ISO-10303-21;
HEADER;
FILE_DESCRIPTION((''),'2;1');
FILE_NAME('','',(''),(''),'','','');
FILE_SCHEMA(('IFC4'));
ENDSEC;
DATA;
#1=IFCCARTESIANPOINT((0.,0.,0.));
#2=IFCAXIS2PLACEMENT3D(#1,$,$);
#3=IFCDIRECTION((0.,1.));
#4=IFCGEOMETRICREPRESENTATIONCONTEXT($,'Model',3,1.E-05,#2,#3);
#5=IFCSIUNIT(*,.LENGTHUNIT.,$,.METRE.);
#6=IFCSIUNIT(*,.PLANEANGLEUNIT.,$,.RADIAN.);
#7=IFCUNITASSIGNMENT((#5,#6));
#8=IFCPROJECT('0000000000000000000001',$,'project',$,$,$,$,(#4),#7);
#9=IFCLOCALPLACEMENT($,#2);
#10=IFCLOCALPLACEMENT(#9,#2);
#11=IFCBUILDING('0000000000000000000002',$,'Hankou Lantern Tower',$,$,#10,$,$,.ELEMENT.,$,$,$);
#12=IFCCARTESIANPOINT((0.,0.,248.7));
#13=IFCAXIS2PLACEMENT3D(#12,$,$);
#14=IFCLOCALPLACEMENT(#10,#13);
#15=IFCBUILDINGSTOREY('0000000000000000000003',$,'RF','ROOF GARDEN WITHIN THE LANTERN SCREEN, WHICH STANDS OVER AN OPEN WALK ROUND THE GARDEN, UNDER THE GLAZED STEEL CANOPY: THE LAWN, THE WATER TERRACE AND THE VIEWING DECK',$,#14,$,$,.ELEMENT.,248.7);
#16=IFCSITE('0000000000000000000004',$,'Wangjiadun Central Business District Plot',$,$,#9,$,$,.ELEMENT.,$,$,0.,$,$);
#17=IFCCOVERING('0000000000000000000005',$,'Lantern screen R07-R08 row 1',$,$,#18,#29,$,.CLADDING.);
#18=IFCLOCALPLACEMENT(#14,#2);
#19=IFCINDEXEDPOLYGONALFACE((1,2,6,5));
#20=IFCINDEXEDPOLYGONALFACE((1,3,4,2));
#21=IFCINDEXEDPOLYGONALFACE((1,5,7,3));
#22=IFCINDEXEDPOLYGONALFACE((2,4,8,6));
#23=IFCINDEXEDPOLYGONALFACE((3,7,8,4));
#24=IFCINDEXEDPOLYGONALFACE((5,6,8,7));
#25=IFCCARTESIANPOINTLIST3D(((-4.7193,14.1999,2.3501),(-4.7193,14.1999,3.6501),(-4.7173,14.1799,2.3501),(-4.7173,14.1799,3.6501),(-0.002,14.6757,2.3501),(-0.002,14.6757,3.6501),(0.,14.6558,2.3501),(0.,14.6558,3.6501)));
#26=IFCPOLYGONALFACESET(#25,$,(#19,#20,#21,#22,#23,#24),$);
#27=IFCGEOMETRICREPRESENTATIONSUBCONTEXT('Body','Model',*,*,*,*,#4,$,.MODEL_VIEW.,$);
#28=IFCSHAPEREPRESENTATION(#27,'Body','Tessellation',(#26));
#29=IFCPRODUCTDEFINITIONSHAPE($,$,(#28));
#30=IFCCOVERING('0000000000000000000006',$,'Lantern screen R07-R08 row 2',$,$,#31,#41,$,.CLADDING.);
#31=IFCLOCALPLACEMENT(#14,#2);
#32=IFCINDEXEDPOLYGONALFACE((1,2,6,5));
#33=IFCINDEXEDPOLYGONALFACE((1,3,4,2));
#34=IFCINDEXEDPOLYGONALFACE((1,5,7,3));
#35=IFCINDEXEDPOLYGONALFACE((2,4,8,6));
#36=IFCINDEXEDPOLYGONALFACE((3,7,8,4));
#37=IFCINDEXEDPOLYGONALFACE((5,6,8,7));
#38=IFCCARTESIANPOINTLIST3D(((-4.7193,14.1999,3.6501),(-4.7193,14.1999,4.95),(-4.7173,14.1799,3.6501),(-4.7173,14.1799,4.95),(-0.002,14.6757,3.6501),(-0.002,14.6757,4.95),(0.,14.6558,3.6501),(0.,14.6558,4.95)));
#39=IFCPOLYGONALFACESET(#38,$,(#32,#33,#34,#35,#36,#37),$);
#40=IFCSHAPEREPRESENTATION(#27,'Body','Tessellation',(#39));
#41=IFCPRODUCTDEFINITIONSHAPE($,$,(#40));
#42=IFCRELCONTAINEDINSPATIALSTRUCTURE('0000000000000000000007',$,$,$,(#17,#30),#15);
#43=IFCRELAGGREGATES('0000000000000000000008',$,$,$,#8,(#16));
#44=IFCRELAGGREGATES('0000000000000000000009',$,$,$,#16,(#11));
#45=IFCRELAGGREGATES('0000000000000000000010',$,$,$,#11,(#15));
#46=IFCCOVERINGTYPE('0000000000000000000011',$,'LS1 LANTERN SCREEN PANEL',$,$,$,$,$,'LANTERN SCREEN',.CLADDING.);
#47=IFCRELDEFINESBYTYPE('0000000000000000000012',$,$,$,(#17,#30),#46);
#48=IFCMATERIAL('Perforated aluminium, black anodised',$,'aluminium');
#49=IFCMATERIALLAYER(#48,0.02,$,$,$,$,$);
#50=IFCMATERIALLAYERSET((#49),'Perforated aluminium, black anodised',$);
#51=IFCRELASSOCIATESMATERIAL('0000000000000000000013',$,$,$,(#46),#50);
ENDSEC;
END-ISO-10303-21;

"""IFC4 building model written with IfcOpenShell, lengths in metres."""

from ifc_helpers import new_model, si_unit, direction, frame, origin, place, context, subcontext, project, spatial, polyline, outline, extrude, material, layer, layer_set, type_object, element, save


model = new_model("IFC4")

# Units and contexts
model_context = context("Model", 3, precision=1e-05, world=origin(), true_north=direction((0.0, 1.0)))
body_context = subcontext(model_context, "Body", "Model", "MODEL_VIEW")
ifc_project = project(units=[si_unit("LENGTHUNIT", "METRE"), si_unit("PLANEANGLEUNIT", "RADIAN")], contexts=[model_context])

# Site, building, storey
site_placement = place(None, origin())
site = spatial("IfcSite", under=ifc_project, at=site_placement, Name="Wangjiadun Central Business District Plot", CompositionType="ELEMENT", RefElevation=0.0)
building_placement = place(site_placement, origin())
building = spatial("IfcBuilding", under=site, at=building_placement, Name="Hankou Lantern Tower", CompositionType="ELEMENT")
storey_placement = place(building_placement, frame((0.0, 0.0, 248.7)))
storey = spatial("IfcBuildingStorey", under=building, at=storey_placement, Name="RF", Description="ROOF GARDEN WITHIN THE LANTERN SCREEN, WHICH STANDS OVER AN OPEN WALK ROUND THE GARDEN, UNDER THE GLAZED STEEL CANOPY: THE LAWN, THE WATER TERRACE AND THE VIEWING DECK", CompositionType="ELEMENT", Elevation=248.7)

# Coverings
ifc_material_1 = material(Name="Perforated aluminium, black anodised", Category="aluminium")
ifc_layer_1 = layer(ifc_material_1, 0.02)
ifc_layer_set_1 = layer_set([ifc_layer_1], Name="Perforated aluminium, black anodised")
covering_type = type_object("IfcCoveringType", Name="LS1 LANTERN SCREEN PANEL", ElementType="LANTERN SCREEN", PredefinedType="CLADDING", material=ifc_layer_set_1)
covering_1_placement = place(storey_placement, frame((0.0, 14.6558, 2.3501), z_axis=(0.10036, -0.994951, 0.0), x_axis=(-0.994951, -0.10036, 0.0)))
element("IfcCovering", 1, at=covering_1_placement, inside=storey, type_object=covering_type, Name="Lantern screen R07-R08 row 1", PredefinedType="CLADDING", context=body_context, shape_type="SweptSolid", body=[
    extrude(outline(polyline([(0.0, 0.0), (4.7412, 0.0), (4.7412, -1.3), (0.0, -1.3), (0.0, 0.0)])), origin(), (0.0, 0.0, -1.0), 0.02),
])
covering_2_placement = place(storey_placement, frame((0.0, 14.6558, 3.6501), z_axis=(0.10036, -0.994951, 0.0), x_axis=(-0.994951, -0.10036, 0.0)))
element("IfcCovering", 2, at=covering_2_placement, inside=storey, type_object=covering_type, Name="Lantern screen R07-R08 row 2", PredefinedType="CLADDING", context=body_context, shape_type="SweptSolid", body=[
    extrude(outline(polyline([(0.0, 0.0), (4.7412, 0.0), (4.7412, -1.2998), (0.0, -1.2998), (0.0, 0.0)])), origin(), (0.0, 0.0, -1.0), 0.02),
])

save(model, "model.ifc")
